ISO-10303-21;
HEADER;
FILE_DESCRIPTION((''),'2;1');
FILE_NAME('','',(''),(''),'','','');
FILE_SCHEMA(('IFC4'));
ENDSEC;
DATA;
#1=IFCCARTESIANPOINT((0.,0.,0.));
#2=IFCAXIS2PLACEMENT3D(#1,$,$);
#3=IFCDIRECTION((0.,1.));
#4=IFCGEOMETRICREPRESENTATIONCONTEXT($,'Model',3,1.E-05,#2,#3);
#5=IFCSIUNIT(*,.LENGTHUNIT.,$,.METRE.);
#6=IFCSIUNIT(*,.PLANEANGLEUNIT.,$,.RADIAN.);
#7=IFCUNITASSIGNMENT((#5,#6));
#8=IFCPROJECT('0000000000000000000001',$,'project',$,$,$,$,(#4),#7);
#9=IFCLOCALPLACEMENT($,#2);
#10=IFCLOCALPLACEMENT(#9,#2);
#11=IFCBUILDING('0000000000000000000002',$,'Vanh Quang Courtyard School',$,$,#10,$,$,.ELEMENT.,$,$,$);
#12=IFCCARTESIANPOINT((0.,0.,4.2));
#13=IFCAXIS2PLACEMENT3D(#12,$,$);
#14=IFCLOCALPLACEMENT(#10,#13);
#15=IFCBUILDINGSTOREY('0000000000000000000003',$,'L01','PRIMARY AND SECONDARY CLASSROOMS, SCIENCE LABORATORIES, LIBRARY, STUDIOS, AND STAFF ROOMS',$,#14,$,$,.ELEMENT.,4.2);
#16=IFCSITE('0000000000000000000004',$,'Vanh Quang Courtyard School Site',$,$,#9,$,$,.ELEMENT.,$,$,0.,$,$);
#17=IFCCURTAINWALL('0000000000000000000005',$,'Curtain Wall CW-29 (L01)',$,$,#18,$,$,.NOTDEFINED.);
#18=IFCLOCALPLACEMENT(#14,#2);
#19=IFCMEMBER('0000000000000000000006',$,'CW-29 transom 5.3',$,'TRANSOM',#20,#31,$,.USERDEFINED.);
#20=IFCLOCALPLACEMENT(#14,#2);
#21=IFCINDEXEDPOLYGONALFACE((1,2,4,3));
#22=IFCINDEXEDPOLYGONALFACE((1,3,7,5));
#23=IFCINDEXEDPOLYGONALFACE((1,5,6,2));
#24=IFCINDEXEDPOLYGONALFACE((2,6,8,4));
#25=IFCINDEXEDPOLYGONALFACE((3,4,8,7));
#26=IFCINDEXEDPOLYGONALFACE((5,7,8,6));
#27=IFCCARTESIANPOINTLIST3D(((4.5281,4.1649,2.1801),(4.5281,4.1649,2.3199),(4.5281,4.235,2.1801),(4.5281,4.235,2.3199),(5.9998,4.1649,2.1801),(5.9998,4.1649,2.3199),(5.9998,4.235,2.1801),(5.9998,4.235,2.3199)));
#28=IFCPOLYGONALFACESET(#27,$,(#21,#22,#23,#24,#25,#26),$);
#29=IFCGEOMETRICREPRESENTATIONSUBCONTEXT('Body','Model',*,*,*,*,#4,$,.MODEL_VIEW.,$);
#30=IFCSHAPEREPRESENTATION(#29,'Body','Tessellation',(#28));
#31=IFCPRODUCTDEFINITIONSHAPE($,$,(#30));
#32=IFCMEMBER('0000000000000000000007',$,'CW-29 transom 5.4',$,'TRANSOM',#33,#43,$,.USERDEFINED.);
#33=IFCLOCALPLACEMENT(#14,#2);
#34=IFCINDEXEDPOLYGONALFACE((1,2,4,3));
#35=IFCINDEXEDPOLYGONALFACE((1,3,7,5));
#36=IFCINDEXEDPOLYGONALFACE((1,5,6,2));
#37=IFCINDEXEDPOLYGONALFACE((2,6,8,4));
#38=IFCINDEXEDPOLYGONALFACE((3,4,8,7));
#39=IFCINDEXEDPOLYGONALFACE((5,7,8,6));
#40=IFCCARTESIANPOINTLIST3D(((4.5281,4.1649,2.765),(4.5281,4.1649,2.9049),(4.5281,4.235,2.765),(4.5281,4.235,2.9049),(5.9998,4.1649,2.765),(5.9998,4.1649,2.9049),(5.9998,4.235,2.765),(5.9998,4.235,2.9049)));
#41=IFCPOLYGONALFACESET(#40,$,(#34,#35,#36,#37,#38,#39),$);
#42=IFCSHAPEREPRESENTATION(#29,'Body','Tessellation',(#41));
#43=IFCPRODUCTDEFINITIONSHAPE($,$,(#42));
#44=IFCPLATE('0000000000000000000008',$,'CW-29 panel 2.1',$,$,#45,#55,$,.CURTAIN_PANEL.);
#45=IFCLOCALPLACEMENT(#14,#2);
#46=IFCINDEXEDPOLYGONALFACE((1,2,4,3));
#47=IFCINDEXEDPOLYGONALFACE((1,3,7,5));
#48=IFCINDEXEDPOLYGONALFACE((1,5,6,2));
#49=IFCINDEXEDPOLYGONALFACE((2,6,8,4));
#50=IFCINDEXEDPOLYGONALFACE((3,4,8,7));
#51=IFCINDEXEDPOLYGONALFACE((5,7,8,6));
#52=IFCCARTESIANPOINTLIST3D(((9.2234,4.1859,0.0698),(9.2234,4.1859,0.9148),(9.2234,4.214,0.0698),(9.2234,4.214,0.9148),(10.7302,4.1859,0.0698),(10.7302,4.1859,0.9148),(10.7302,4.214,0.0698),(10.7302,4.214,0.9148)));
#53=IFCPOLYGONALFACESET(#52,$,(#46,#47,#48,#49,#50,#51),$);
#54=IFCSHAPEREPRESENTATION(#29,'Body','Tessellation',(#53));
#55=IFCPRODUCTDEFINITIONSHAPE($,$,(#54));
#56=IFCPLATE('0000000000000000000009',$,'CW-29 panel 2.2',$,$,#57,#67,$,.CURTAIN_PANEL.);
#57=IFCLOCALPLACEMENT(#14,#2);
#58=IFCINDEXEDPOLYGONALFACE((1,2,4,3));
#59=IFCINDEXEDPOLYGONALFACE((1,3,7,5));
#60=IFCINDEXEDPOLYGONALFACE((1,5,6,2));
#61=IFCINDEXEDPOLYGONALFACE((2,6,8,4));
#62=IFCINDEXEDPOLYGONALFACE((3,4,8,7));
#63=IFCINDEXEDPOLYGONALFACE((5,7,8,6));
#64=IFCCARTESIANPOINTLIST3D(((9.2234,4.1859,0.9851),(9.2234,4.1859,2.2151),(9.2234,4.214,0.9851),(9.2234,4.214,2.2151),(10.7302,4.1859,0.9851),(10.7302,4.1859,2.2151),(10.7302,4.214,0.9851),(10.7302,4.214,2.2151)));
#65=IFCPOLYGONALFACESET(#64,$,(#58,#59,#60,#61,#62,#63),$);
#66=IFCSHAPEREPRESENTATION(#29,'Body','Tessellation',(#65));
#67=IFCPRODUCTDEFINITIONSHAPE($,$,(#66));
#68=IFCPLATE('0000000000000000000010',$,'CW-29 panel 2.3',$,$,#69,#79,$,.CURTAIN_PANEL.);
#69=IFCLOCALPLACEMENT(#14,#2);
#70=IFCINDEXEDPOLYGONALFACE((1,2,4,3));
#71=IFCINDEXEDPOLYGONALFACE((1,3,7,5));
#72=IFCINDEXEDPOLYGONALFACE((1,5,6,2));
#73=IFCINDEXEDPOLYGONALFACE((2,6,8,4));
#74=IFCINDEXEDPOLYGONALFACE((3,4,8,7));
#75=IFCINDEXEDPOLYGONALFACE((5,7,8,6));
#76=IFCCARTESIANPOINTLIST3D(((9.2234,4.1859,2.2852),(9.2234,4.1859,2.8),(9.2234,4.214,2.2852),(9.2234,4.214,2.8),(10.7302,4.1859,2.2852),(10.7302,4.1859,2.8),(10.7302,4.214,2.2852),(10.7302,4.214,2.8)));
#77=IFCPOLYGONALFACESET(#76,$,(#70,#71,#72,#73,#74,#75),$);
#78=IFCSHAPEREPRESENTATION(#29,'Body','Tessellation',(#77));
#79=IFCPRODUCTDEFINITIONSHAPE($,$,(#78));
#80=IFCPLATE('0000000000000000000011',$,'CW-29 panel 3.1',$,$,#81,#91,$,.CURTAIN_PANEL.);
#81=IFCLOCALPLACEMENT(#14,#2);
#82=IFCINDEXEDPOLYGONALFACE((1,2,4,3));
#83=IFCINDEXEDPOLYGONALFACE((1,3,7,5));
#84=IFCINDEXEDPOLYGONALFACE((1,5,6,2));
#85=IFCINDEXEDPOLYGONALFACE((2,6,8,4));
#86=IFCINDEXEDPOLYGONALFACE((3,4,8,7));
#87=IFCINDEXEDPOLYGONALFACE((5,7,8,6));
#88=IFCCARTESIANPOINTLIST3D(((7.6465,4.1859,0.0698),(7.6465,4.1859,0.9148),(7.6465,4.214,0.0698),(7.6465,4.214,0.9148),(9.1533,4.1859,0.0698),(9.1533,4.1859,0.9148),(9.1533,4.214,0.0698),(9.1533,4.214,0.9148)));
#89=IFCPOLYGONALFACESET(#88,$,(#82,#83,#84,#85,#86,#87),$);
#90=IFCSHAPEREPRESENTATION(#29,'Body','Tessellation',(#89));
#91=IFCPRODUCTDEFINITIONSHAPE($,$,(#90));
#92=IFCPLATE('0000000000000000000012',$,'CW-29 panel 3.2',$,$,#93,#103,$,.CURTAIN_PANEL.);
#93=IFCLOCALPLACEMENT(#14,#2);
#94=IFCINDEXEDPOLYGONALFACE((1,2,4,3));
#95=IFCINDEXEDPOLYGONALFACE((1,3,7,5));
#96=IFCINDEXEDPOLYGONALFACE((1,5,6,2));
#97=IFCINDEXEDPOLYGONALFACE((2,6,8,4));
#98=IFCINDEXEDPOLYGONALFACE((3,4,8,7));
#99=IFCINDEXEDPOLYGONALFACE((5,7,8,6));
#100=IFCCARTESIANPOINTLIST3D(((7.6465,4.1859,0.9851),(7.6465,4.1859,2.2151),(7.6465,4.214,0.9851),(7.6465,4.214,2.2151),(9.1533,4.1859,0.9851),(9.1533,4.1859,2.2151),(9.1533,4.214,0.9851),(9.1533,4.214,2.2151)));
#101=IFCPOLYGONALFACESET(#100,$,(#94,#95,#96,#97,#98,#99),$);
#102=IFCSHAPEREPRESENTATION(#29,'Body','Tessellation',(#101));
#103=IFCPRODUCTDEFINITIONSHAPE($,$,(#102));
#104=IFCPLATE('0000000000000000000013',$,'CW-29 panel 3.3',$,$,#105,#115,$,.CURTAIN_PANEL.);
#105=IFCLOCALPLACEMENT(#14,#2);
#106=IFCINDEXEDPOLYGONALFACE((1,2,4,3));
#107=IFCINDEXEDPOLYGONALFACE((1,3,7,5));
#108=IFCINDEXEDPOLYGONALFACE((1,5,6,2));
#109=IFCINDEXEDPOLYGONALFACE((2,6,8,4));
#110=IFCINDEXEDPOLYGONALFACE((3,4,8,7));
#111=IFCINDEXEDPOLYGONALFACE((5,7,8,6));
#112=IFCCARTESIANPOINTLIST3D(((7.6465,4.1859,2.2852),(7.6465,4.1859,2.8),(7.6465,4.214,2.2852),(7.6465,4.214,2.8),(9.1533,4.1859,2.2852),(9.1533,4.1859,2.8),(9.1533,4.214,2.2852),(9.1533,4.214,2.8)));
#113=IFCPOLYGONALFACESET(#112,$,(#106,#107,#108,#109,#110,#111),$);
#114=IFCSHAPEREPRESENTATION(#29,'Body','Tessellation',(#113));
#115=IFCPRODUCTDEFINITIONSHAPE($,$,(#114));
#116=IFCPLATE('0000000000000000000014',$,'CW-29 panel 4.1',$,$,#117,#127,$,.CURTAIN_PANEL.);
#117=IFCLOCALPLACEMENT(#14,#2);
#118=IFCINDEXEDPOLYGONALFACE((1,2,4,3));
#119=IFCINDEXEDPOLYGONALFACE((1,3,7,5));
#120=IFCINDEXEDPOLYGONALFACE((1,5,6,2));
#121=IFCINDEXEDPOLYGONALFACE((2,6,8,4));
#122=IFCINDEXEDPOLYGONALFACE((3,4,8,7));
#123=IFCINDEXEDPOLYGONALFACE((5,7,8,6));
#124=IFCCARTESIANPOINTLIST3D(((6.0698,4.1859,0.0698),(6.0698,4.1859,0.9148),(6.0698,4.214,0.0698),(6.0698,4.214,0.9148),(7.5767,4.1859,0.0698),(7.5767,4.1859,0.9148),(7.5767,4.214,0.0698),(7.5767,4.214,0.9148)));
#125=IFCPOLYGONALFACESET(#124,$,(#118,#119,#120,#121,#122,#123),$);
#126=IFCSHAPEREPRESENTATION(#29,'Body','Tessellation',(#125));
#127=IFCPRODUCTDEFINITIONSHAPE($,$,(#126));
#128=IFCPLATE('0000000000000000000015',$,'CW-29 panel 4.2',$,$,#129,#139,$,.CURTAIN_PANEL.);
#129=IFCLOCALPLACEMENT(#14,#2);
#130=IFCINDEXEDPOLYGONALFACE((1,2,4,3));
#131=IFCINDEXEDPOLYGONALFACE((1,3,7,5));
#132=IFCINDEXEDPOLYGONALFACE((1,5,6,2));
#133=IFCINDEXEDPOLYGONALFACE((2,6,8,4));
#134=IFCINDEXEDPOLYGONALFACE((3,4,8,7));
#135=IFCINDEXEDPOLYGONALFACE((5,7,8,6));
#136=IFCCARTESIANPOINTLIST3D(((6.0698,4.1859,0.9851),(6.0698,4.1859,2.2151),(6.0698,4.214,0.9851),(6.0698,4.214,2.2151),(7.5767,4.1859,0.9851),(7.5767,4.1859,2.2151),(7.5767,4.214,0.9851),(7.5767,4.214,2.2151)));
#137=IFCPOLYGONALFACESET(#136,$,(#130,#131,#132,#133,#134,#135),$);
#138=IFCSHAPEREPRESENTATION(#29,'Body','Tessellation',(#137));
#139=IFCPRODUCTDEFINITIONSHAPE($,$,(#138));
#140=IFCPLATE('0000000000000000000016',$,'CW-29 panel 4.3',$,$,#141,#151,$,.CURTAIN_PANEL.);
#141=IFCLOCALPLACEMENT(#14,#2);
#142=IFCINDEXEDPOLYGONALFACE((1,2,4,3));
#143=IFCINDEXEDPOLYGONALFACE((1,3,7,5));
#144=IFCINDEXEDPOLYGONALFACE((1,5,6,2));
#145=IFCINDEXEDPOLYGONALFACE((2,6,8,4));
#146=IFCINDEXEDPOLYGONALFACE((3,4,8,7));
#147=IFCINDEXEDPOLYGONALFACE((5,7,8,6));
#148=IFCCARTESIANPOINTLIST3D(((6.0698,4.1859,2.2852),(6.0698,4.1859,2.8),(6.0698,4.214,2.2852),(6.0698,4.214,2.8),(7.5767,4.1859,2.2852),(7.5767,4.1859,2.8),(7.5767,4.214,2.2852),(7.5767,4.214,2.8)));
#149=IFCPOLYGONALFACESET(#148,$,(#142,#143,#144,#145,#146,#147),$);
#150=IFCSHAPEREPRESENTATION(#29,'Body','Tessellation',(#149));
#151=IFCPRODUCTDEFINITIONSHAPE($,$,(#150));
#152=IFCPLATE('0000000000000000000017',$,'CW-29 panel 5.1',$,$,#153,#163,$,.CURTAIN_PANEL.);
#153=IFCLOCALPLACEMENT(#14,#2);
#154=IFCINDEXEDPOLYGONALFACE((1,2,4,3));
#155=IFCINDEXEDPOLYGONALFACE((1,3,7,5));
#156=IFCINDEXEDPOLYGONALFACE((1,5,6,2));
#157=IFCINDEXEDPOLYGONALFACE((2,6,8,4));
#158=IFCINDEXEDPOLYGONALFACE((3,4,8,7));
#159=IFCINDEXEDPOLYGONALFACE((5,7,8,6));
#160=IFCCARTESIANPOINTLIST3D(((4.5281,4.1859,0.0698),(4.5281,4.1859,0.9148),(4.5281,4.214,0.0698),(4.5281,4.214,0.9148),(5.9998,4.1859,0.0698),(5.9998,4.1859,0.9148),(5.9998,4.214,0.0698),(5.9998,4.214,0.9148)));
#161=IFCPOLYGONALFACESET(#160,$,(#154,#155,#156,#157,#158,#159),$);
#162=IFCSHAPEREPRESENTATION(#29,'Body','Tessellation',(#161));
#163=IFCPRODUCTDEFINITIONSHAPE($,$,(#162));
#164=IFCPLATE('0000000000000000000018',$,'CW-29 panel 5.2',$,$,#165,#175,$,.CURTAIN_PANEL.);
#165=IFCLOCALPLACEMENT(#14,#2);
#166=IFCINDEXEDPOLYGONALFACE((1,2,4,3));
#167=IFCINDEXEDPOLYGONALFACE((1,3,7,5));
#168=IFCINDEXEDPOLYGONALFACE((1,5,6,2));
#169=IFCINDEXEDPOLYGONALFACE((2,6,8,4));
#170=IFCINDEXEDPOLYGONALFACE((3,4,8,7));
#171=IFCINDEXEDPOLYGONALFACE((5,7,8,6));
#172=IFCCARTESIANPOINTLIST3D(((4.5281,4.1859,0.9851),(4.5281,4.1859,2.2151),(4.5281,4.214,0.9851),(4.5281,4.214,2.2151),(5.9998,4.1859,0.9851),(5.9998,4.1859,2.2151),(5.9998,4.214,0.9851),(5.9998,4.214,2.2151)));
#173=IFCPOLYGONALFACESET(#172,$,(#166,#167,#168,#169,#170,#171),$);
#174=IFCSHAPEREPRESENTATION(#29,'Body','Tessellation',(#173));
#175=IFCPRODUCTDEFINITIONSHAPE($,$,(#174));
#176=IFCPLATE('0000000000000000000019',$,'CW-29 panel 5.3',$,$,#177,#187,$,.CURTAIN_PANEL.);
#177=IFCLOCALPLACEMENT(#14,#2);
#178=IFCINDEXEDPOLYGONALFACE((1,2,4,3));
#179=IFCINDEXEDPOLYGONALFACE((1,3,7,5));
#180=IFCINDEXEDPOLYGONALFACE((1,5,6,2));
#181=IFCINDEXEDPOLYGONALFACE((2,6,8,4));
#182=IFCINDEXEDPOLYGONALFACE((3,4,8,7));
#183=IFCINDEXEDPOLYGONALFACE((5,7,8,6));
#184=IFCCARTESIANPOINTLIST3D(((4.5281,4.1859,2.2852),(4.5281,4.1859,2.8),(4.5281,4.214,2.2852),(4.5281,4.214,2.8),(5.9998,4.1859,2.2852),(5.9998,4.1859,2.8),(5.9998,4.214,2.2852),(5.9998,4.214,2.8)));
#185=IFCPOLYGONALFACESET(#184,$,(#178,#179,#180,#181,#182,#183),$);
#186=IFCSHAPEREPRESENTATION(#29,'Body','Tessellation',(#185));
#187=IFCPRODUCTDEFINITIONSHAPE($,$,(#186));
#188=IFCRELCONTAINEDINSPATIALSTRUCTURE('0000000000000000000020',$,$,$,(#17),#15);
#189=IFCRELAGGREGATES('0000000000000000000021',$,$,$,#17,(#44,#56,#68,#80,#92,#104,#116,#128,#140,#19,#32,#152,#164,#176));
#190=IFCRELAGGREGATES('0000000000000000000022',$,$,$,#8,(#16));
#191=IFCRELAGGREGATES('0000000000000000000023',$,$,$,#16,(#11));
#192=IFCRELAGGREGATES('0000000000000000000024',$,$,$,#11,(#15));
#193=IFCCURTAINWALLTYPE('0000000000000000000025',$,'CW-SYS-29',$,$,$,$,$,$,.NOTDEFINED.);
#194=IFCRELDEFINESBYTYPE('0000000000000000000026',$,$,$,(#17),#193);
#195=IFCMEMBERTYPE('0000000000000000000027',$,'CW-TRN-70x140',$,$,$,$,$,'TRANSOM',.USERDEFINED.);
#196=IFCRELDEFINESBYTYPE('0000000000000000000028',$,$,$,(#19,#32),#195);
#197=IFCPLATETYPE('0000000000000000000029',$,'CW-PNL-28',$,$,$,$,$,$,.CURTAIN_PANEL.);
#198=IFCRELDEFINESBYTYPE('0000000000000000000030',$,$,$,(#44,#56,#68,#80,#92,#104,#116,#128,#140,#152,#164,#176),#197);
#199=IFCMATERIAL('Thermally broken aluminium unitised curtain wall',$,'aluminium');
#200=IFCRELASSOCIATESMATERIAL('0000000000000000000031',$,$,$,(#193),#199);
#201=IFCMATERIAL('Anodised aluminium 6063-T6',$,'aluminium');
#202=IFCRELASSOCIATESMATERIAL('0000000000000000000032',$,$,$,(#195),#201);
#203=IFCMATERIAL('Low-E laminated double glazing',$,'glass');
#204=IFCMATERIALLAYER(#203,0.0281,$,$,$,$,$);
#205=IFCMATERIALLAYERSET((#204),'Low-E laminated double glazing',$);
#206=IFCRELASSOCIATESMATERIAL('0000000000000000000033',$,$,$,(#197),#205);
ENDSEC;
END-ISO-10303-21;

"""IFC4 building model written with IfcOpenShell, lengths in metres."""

from ifc_helpers import new_model, si_unit, direction, frame, origin, origin_2d, place, context, subcontext, project, spatial, rectangle, extrude, material, layer, layer_set, material_profile, profile_set, type_object, element, aggregate, save


model = new_model("IFC4")

# Units and contexts
model_context = context("Model", 3, precision=1e-05, world=origin(), true_north=direction((0.0, 1.0)))
body_context = subcontext(model_context, "Body", "Model", "MODEL_VIEW")
ifc_project = project(units=[si_unit("LENGTHUNIT", "METRE"), si_unit("PLANEANGLEUNIT", "RADIAN")], contexts=[model_context])

# Site, building, storey
site_placement = place(None, origin())
site = spatial("IfcSite", under=ifc_project, at=site_placement, Name="Vanh Quang Courtyard School Site", CompositionType="ELEMENT", RefElevation=0.0)
building_placement = place(site_placement, origin())
building = spatial("IfcBuilding", under=site, at=building_placement, Name="Vanh Quang Courtyard School", CompositionType="ELEMENT")
storey_placement = place(building_placement, frame((0.0, 0.0, 4.2)))
storey = spatial("IfcBuildingStorey", under=building, at=storey_placement, Name="L01", Description="PRIMARY AND SECONDARY CLASSROOMS, SCIENCE LABORATORIES, LIBRARY, STUDIOS, AND STAFF ROOMS", CompositionType="ELEMENT", Elevation=4.2)

# Curtain wall, members, plates
ifc_material_1 = material(Name="Thermally broken aluminium unitised curtain wall", Category="aluminium")
curtain_wall_type = type_object("IfcCurtainWallType", Name="CW-SYS-29", PredefinedType="NOTDEFINED", material=ifc_material_1)
curtain_wall_placement = place(storey_placement, origin())
curtain_wall = element("IfcCurtainWall", 1, at=curtain_wall_placement, inside=storey, type_object=curtain_wall_type, Name="Curtain Wall CW-29 (L01)", PredefinedType="NOTDEFINED")
ifc_material_2 = material(Name="Anodised aluminium 6063-T6", Category="aluminium")
ifc_material_profile_1 = material_profile(ifc_material_2, rectangle(XDim=0.0701, YDim=0.1399, at=origin_2d()), Name="ALU-TRN 70x140")
ifc_profile_set_1 = profile_set([ifc_material_profile_1], Name="Anodised aluminium 6063-T6")
member_type_1 = type_object("IfcMemberType", Name="CW-TRN-70x140", ElementType="TRANSOM", PredefinedType="USERDEFINED", material=ifc_profile_set_1)
member_1_placement = place(storey_placement, frame((5.9998, 4.2, 2.25), z_axis=(-1.0, 0.0, 0.0), x_axis=(0.0, -1.0, 0.0)))
member_1 = element("IfcMember", 2, at=member_1_placement, type_object=member_type_1, Name="CW-29 transom 5.3", ObjectType="TRANSOM", PredefinedType="USERDEFINED", context=body_context, shape_type="SweptSolid", body=[
    extrude(rectangle(XDim=0.0701, YDim=0.1399, at=origin_2d()), origin(), (0.0, 0.0, 1.0), 1.4717),
])
member_2_placement = place(storey_placement, frame((5.9998, 4.2, 2.835), z_axis=(-1.0, 0.0, 0.0), x_axis=(0.0, -1.0, 0.0)))
member_2 = element("IfcMember", 3, at=member_2_placement, type_object=member_type_1, Name="CW-29 transom 5.4", ObjectType="TRANSOM", PredefinedType="USERDEFINED", context=body_context, shape_type="SweptSolid", body=[
    extrude(rectangle(XDim=0.0701, YDim=0.1399, at=origin_2d()), origin(), (0.0, 0.0, 1.0), 1.4717),
])
ifc_material_3 = material(Name="Low-E laminated double glazing", Category="glass")
ifc_layer_1 = layer(ifc_material_3, 0.0281)
ifc_layer_set_1 = layer_set([ifc_layer_1], Name="Low-E laminated double glazing")
plate_type = type_object("IfcPlateType", Name="CW-PNL-28", PredefinedType="CURTAIN_PANEL", material=ifc_layer_set_1)
plate_1_placement = place(storey_placement, frame((9.9768, 4.2, 0.0698), z_axis=(0.0, 0.0, 1.0), x_axis=(-1.0, 0.0, 0.0)))
plate_1 = element("IfcPlate", 4, at=plate_1_placement, type_object=plate_type, Name="CW-29 panel 2.1", PredefinedType="CURTAIN_PANEL", context=body_context, shape_type="SweptSolid", body=[
    extrude(rectangle(XDim=1.5068, YDim=0.0281, at=origin_2d()), origin(), (0.0, 0.0, 1.0), 0.845),
])
plate_2_placement = place(storey_placement, frame((9.9768, 4.2, 0.9851), z_axis=(0.0, 0.0, 1.0), x_axis=(-1.0, 0.0, 0.0)))
plate_2 = element("IfcPlate", 5, at=plate_2_placement, type_object=plate_type, Name="CW-29 panel 2.2", PredefinedType="CURTAIN_PANEL", context=body_context, shape_type="SweptSolid", body=[
    extrude(rectangle(XDim=1.5068, YDim=0.0281, at=origin_2d()), origin(), (0.0, 0.0, 1.0), 1.23),
])
plate_3_placement = place(storey_placement, frame((9.9768, 4.2, 2.2852), z_axis=(0.0, 0.0, 1.0), x_axis=(-1.0, 0.0, 0.0)))
plate_3 = element("IfcPlate", 6, at=plate_3_placement, type_object=plate_type, Name="CW-29 panel 2.3", PredefinedType="CURTAIN_PANEL", context=body_context, shape_type="SweptSolid", body=[
    extrude(rectangle(XDim=1.5068, YDim=0.0281, at=origin_2d()), origin(), (0.0, 0.0, 1.0), 0.5149),
])
plate_4_placement = place(storey_placement, frame((8.3999, 4.2, 0.0698), z_axis=(0.0, 0.0, 1.0), x_axis=(-1.0, 0.0, 0.0)))
plate_4 = element("IfcPlate", 7, at=plate_4_placement, type_object=plate_type, Name="CW-29 panel 3.1", PredefinedType="CURTAIN_PANEL", context=body_context, shape_type="SweptSolid", body=[
    extrude(rectangle(XDim=1.5068, YDim=0.0281, at=origin_2d()), origin(), (0.0, 0.0, 1.0), 0.845),
])
plate_5_placement = place(storey_placement, frame((8.3999, 4.2, 0.9851), z_axis=(0.0, 0.0, 1.0), x_axis=(-1.0, 0.0, 0.0)))
plate_5 = element("IfcPlate", 8, at=plate_5_placement, type_object=plate_type, Name="CW-29 panel 3.2", PredefinedType="CURTAIN_PANEL", context=body_context, shape_type="SweptSolid", body=[
    extrude(rectangle(XDim=1.5068, YDim=0.0281, at=origin_2d()), origin(), (0.0, 0.0, 1.0), 1.23),
])
plate_6_placement = place(storey_placement, frame((8.3999, 4.2, 2.2852), z_axis=(0.0, 0.0, 1.0), x_axis=(-1.0, 0.0, 0.0)))
plate_6 = element("IfcPlate", 9, at=plate_6_placement, type_object=plate_type, Name="CW-29 panel 3.3", PredefinedType="CURTAIN_PANEL", context=body_context, shape_type="SweptSolid", body=[
    extrude(rectangle(XDim=1.5068, YDim=0.0281, at=origin_2d()), origin(), (0.0, 0.0, 1.0), 0.5149),
])
plate_7_placement = place(storey_placement, frame((6.8232, 4.2, 0.0698), z_axis=(0.0, 0.0, 1.0), x_axis=(-1.0, 0.0, 0.0)))
plate_7 = element("IfcPlate", 10, at=plate_7_placement, type_object=plate_type, Name="CW-29 panel 4.1", PredefinedType="CURTAIN_PANEL", context=body_context, shape_type="SweptSolid", body=[
    extrude(rectangle(XDim=1.5068, YDim=0.0281, at=origin_2d()), origin(), (0.0, 0.0, 1.0), 0.845),
])
plate_8_placement = place(storey_placement, frame((6.8232, 4.2, 0.9851), z_axis=(0.0, 0.0, 1.0), x_axis=(-1.0, 0.0, 0.0)))
plate_8 = element("IfcPlate", 11, at=plate_8_placement, type_object=plate_type, Name="CW-29 panel 4.2", PredefinedType="CURTAIN_PANEL", context=body_context, shape_type="SweptSolid", body=[
    extrude(rectangle(XDim=1.5068, YDim=0.0281, at=origin_2d()), origin(), (0.0, 0.0, 1.0), 1.23),
])
plate_9_placement = place(storey_placement, frame((6.8232, 4.2, 2.2852), z_axis=(0.0, 0.0, 1.0), x_axis=(-1.0, 0.0, 0.0)))
plate_9 = element("IfcPlate", 12, at=plate_9_placement, type_object=plate_type, Name="CW-29 panel 4.3", PredefinedType="CURTAIN_PANEL", context=body_context, shape_type="SweptSolid", body=[
    extrude(rectangle(XDim=1.5068, YDim=0.0281, at=origin_2d()), origin(), (0.0, 0.0, 1.0), 0.5149),
])
plate_10_placement = place(storey_placement, frame((5.2639, 4.2, 0.0698), z_axis=(0.0, 0.0, 1.0), x_axis=(-1.0, 0.0, 0.0)))
plate_10 = element("IfcPlate", 13, at=plate_10_placement, type_object=plate_type, Name="CW-29 panel 5.1", PredefinedType="CURTAIN_PANEL", context=body_context, shape_type="SweptSolid", body=[
    extrude(rectangle(XDim=1.4717, YDim=0.0281, at=origin_2d()), origin(), (0.0, 0.0, 1.0), 0.845),
])
plate_11_placement = place(storey_placement, frame((5.2639, 4.2, 0.9851), z_axis=(0.0, 0.0, 1.0), x_axis=(-1.0, 0.0, 0.0)))
plate_11 = element("IfcPlate", 14, at=plate_11_placement, type_object=plate_type, Name="CW-29 panel 5.2", PredefinedType="CURTAIN_PANEL", context=body_context, shape_type="SweptSolid", body=[
    extrude(rectangle(XDim=1.4717, YDim=0.0281, at=origin_2d()), origin(), (0.0, 0.0, 1.0), 1.23),
])
plate_12_placement = place(storey_placement, frame((5.2639, 4.2, 2.2852), z_axis=(0.0, 0.0, 1.0), x_axis=(-1.0, 0.0, 0.0)))
plate_12 = element("IfcPlate", 15, at=plate_12_placement, type_object=plate_type, Name="CW-29 panel 5.3", PredefinedType="CURTAIN_PANEL", context=body_context, shape_type="SweptSolid", body=[
    extrude(rectangle(XDim=1.4717, YDim=0.0281, at=origin_2d()), origin(), (0.0, 0.0, 1.0), 0.5149),
])
aggregate(curtain_wall, [plate_1, plate_2, plate_3, plate_4, plate_5, plate_6, plate_7, plate_8, plate_9, member_1, member_2, plate_10, plate_11, plate_12])

save(model, "model.ifc")
